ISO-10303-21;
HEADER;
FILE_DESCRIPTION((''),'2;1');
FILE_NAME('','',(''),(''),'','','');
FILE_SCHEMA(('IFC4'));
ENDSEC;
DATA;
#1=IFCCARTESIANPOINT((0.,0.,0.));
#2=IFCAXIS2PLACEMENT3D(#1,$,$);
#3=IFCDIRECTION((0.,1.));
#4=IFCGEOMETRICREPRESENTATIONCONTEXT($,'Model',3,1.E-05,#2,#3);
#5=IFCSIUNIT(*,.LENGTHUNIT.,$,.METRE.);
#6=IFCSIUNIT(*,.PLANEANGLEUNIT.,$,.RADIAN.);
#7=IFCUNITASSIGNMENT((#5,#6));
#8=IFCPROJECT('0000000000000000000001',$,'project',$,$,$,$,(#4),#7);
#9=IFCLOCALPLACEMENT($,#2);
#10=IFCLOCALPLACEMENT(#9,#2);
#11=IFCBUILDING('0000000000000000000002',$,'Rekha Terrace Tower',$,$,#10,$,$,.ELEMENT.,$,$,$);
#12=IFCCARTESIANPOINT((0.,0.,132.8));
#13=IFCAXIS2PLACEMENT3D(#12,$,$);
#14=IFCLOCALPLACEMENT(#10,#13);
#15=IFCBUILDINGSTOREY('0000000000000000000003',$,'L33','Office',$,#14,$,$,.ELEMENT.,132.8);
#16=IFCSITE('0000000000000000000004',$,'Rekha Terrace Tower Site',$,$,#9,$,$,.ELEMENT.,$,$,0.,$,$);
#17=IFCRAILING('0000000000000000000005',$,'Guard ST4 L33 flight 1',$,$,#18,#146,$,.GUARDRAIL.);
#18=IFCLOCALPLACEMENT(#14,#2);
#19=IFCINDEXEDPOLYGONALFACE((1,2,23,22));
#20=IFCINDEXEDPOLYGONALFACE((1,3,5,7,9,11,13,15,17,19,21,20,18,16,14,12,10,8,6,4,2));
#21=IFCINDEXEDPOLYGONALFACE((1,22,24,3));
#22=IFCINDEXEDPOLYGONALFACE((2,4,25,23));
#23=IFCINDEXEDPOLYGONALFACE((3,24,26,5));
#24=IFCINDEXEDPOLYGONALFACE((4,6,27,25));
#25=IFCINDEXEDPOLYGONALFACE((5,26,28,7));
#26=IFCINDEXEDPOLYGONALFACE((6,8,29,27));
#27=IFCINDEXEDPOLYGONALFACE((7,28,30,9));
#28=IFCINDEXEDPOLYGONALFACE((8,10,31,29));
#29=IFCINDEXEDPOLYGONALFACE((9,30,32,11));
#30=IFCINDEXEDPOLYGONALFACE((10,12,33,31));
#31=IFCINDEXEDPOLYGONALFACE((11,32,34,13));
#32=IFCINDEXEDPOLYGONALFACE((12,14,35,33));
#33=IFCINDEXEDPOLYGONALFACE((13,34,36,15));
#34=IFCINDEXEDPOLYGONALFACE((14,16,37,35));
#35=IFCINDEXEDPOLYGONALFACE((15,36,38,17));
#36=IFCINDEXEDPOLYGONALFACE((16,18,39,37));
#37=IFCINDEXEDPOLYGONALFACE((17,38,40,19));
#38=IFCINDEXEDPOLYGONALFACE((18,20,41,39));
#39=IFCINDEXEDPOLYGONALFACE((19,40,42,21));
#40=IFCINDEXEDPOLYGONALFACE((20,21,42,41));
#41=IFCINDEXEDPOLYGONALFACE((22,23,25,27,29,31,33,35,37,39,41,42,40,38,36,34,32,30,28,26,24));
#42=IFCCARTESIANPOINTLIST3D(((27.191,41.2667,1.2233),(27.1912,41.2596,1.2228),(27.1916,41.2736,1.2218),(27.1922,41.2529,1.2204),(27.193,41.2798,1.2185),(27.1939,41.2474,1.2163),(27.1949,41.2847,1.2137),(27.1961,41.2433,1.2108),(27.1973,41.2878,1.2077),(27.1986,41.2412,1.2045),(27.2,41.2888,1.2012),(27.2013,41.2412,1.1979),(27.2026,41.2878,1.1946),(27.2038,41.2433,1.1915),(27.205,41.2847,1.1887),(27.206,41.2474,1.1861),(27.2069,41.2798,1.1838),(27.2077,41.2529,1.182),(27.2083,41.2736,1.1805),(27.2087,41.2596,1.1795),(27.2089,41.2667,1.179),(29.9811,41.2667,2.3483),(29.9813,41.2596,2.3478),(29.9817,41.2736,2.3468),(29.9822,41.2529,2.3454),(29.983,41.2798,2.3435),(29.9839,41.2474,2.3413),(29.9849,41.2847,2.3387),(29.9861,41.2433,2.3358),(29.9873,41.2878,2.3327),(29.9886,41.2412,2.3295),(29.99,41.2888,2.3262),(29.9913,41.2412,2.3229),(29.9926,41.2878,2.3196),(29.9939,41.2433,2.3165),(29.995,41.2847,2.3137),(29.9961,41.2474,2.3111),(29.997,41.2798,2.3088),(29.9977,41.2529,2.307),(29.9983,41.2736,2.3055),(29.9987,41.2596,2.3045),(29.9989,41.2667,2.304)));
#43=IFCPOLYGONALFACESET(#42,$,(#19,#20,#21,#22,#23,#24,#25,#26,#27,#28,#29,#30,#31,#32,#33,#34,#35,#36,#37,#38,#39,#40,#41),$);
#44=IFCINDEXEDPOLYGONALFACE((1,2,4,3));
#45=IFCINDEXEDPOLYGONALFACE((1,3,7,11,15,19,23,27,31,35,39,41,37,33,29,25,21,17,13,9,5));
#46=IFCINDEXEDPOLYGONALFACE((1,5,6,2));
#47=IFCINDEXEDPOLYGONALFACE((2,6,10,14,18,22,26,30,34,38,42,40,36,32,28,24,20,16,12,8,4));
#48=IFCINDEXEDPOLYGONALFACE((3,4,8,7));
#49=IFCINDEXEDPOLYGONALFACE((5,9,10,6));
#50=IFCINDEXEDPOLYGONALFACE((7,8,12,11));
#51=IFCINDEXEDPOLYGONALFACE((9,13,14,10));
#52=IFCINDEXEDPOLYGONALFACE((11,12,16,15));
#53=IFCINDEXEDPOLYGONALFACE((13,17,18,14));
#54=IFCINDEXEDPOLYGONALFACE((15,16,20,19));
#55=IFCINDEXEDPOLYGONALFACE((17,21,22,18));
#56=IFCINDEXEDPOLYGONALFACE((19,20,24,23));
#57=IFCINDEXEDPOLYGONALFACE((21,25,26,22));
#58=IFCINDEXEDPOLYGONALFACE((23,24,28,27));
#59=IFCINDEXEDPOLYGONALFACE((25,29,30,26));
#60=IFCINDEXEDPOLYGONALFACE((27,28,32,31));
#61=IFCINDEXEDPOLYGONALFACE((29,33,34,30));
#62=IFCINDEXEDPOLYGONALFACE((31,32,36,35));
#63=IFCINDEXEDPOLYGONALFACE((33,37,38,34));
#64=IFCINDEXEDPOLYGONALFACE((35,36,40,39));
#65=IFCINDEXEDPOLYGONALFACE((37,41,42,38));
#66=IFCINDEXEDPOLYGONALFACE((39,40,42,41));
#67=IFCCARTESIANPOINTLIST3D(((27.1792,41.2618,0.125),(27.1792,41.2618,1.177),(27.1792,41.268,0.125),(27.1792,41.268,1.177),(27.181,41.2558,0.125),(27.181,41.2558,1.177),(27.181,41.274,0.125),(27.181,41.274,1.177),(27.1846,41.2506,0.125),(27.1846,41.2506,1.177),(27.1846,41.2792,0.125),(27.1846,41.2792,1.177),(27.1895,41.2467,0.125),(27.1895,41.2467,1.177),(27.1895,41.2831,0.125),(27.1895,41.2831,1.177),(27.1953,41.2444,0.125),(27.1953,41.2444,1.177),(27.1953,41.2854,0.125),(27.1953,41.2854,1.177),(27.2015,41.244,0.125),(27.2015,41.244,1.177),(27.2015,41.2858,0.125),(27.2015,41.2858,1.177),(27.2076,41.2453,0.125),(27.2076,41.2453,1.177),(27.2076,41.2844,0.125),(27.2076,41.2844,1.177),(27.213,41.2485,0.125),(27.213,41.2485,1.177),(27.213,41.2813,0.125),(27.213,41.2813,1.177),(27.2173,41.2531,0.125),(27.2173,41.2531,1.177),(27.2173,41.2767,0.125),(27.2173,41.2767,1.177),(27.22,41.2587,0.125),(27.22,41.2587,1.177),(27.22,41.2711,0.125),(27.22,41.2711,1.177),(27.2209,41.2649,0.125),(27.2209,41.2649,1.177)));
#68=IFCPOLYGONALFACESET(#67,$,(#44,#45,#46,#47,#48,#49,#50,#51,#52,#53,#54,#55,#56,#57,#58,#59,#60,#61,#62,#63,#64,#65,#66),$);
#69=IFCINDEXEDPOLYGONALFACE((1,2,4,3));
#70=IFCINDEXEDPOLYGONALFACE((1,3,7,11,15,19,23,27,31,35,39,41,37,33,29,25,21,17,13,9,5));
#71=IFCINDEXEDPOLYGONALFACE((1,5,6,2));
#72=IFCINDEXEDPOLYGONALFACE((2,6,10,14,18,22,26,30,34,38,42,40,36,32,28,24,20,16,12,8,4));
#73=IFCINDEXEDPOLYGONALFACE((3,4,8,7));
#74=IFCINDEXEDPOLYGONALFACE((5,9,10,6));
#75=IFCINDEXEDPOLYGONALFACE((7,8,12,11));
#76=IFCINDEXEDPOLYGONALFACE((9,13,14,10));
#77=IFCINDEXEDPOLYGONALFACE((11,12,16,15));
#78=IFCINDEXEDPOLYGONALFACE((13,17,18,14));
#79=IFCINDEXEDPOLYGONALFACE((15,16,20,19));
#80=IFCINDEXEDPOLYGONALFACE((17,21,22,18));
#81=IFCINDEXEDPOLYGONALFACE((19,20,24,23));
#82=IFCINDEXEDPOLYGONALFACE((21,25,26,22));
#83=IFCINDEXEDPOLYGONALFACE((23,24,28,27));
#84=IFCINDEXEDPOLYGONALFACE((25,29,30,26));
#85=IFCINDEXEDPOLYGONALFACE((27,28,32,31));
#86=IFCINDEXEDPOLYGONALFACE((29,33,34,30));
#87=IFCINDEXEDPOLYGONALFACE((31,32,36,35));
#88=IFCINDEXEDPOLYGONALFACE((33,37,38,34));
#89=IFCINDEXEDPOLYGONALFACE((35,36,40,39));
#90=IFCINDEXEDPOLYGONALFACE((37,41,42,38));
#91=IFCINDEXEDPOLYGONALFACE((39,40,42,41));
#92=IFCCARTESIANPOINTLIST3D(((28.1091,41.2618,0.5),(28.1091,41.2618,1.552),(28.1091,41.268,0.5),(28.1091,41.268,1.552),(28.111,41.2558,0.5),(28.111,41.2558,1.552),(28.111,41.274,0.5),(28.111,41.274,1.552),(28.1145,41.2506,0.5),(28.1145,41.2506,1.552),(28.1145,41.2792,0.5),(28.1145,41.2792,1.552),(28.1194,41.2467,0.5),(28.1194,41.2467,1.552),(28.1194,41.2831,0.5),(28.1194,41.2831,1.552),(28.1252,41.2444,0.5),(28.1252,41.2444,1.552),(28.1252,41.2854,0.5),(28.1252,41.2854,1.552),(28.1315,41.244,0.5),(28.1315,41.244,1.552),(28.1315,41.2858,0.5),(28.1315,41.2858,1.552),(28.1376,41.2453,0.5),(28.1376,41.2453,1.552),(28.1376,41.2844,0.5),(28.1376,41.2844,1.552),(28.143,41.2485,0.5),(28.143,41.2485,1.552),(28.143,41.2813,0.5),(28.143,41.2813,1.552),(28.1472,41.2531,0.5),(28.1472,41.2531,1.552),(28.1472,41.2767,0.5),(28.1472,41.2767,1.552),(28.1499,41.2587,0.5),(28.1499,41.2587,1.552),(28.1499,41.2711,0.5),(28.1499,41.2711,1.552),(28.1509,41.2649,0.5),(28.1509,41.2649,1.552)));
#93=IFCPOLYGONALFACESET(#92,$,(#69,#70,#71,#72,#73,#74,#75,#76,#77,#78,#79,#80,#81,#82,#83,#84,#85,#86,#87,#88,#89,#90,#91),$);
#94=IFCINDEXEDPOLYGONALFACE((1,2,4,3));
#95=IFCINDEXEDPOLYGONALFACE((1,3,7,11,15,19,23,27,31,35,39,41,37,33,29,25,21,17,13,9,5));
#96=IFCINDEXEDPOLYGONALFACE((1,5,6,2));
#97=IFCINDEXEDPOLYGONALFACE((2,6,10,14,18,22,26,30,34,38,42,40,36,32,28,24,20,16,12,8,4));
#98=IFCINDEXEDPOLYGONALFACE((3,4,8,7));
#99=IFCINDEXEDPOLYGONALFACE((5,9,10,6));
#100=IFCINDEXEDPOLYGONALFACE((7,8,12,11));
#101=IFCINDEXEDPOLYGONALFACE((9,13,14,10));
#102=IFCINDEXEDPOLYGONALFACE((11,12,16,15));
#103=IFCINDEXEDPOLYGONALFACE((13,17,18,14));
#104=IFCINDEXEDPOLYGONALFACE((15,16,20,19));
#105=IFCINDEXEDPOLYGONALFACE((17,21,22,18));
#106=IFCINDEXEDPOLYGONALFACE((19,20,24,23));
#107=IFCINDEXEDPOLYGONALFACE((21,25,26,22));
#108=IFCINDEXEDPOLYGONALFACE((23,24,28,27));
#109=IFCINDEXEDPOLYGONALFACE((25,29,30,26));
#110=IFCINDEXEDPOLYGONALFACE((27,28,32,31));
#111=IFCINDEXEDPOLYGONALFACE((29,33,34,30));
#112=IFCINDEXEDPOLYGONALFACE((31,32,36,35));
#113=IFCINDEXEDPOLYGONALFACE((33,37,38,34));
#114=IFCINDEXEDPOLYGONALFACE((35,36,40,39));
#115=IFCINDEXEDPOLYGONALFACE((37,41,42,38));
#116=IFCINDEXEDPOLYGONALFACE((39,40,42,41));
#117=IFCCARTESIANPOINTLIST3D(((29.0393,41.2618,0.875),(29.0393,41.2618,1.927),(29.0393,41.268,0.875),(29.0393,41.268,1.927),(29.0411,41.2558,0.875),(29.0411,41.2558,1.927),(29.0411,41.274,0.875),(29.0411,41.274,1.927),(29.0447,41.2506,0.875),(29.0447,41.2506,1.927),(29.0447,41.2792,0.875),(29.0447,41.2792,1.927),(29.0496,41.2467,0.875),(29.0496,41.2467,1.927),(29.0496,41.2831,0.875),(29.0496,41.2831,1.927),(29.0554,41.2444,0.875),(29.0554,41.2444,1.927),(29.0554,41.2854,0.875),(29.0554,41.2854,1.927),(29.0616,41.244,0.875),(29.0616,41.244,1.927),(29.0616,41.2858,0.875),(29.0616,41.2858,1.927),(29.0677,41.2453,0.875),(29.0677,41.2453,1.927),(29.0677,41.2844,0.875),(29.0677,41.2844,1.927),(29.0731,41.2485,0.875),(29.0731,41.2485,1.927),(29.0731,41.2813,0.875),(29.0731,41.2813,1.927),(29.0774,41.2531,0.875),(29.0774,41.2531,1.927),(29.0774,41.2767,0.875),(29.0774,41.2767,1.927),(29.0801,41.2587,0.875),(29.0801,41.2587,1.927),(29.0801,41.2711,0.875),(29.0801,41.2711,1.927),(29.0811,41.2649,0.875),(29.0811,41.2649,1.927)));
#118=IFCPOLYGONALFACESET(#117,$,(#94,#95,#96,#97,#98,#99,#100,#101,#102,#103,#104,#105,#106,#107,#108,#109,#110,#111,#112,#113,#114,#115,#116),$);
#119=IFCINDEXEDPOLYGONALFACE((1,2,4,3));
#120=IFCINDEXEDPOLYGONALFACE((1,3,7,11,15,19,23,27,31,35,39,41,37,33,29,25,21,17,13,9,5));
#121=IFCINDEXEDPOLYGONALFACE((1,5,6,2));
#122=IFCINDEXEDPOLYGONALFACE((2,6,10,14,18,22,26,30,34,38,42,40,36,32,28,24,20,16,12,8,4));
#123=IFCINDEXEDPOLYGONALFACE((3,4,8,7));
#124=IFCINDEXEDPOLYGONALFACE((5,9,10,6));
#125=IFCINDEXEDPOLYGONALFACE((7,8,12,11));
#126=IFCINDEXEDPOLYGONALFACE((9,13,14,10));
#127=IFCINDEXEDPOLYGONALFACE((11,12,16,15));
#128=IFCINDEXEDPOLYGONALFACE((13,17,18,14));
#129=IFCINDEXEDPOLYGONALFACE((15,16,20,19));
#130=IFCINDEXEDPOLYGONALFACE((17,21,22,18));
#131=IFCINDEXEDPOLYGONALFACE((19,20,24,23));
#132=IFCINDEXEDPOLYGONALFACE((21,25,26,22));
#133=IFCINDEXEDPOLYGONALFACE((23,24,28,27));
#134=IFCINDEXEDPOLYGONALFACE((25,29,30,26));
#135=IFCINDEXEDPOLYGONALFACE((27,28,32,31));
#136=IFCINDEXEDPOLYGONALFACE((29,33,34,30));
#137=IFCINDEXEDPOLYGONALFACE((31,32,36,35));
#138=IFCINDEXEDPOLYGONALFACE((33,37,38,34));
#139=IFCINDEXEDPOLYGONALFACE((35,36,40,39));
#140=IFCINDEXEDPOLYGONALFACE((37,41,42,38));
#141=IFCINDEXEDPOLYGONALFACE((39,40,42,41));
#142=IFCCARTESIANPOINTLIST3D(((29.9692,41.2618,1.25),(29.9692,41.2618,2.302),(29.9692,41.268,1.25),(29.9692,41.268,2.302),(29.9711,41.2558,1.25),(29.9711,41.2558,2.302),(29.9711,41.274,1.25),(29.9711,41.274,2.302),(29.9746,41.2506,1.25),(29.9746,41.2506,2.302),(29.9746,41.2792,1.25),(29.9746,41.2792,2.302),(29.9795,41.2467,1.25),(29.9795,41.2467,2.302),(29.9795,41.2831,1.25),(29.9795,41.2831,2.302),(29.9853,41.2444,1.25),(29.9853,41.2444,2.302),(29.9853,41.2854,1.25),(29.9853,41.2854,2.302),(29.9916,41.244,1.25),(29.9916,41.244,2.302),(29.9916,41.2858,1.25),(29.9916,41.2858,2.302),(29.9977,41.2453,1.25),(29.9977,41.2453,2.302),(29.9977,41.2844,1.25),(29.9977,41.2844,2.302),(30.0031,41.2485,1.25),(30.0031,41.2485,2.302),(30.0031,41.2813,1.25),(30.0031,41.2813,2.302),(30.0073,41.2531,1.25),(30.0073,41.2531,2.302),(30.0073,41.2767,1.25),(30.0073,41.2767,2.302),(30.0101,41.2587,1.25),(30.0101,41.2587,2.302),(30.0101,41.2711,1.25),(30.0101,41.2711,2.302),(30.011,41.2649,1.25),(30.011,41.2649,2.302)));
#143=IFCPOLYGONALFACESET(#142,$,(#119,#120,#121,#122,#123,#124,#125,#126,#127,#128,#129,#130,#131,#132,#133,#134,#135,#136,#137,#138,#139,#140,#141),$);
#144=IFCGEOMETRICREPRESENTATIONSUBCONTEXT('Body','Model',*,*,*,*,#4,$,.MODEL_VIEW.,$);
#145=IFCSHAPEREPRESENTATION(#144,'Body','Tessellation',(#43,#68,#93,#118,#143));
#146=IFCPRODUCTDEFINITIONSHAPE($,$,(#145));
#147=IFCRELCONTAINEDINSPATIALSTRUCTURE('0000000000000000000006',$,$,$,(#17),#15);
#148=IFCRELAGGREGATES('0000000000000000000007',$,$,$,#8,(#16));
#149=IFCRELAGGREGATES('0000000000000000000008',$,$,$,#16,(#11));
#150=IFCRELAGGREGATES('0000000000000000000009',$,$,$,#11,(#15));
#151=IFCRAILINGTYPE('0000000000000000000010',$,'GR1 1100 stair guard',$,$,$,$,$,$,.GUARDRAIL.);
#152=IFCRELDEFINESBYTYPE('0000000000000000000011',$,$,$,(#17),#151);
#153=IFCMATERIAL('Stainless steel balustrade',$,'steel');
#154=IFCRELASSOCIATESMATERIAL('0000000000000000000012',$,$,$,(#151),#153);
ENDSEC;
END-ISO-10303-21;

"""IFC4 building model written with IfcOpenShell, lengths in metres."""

from ifc_helpers import new_model, si_unit, direction, frame, origin, origin_2d, place, context, subcontext, project, spatial, circle, extrude, material, type_object, element, save


model = new_model("IFC4")

# Units and contexts
model_context = context("Model", 3, precision=1e-05, world=origin(), true_north=direction((0.0, 1.0)))
body_context = subcontext(model_context, "Body", "Model", "MODEL_VIEW")
ifc_project = project(units=[si_unit("LENGTHUNIT", "METRE"), si_unit("PLANEANGLEUNIT", "RADIAN")], contexts=[model_context])

# Site, building, storey
site_placement = place(None, origin())
site = spatial("IfcSite", under=ifc_project, at=site_placement, Name="Rekha Terrace Tower Site", CompositionType="ELEMENT", RefElevation=0.0)
building_placement = place(site_placement, origin())
building = spatial("IfcBuilding", under=site, at=building_placement, Name="Rekha Terrace Tower", CompositionType="ELEMENT")
storey_placement = place(building_placement, frame((0.0, 0.0, 132.8)))
storey = spatial("IfcBuildingStorey", under=building, at=storey_placement, Name="L33", Description="Office", CompositionType="ELEMENT", Elevation=132.8)

# Railing
ifc_material_1 = material(Name="Stainless steel balustrade", Category="steel")
railing_type_1 = type_object("IfcRailingType", Name="GR1 1100 stair guard", PredefinedType="GUARDRAIL", material=ifc_material_1)
railing_1_placement = place(storey_placement, frame((27.2, 41.2649, 0.125)))
element("IfcRailing", 1, at=railing_1_placement, inside=storey, type_object=railing_type_1, Name="Guard ST4 L33 flight 1", PredefinedType="GUARDRAIL", context=body_context, shape_type="SweptSolid", body=[
    extrude(circle(Radius=0.0239, at=origin_2d()), frame((0.0, 0.0, 1.0762), z_axis=(0.927443, 0.0, 0.373964), x_axis=(0.0, 1.0, 0.0)), (0.0, 0.0, 1.0), 3.0083),
    extrude(circle(Radius=0.021, at=origin_2d()), origin(), (0.0, 0.0, 1.0), 1.052),
    extrude(circle(Radius=0.021, at=origin_2d()), frame((0.9299, 0.0, 0.375)), (0.0, 0.0, 1.0), 1.052),
    extrude(circle(Radius=0.021, at=origin_2d()), frame((1.8601, 0.0, 0.75)), (0.0, 0.0, 1.0), 1.052),
    extrude(circle(Radius=0.021, at=origin_2d()), frame((2.79, 0.0, 1.125)), (0.0, 0.0, 1.0), 1.052),
])

save(model, "model.ifc")
